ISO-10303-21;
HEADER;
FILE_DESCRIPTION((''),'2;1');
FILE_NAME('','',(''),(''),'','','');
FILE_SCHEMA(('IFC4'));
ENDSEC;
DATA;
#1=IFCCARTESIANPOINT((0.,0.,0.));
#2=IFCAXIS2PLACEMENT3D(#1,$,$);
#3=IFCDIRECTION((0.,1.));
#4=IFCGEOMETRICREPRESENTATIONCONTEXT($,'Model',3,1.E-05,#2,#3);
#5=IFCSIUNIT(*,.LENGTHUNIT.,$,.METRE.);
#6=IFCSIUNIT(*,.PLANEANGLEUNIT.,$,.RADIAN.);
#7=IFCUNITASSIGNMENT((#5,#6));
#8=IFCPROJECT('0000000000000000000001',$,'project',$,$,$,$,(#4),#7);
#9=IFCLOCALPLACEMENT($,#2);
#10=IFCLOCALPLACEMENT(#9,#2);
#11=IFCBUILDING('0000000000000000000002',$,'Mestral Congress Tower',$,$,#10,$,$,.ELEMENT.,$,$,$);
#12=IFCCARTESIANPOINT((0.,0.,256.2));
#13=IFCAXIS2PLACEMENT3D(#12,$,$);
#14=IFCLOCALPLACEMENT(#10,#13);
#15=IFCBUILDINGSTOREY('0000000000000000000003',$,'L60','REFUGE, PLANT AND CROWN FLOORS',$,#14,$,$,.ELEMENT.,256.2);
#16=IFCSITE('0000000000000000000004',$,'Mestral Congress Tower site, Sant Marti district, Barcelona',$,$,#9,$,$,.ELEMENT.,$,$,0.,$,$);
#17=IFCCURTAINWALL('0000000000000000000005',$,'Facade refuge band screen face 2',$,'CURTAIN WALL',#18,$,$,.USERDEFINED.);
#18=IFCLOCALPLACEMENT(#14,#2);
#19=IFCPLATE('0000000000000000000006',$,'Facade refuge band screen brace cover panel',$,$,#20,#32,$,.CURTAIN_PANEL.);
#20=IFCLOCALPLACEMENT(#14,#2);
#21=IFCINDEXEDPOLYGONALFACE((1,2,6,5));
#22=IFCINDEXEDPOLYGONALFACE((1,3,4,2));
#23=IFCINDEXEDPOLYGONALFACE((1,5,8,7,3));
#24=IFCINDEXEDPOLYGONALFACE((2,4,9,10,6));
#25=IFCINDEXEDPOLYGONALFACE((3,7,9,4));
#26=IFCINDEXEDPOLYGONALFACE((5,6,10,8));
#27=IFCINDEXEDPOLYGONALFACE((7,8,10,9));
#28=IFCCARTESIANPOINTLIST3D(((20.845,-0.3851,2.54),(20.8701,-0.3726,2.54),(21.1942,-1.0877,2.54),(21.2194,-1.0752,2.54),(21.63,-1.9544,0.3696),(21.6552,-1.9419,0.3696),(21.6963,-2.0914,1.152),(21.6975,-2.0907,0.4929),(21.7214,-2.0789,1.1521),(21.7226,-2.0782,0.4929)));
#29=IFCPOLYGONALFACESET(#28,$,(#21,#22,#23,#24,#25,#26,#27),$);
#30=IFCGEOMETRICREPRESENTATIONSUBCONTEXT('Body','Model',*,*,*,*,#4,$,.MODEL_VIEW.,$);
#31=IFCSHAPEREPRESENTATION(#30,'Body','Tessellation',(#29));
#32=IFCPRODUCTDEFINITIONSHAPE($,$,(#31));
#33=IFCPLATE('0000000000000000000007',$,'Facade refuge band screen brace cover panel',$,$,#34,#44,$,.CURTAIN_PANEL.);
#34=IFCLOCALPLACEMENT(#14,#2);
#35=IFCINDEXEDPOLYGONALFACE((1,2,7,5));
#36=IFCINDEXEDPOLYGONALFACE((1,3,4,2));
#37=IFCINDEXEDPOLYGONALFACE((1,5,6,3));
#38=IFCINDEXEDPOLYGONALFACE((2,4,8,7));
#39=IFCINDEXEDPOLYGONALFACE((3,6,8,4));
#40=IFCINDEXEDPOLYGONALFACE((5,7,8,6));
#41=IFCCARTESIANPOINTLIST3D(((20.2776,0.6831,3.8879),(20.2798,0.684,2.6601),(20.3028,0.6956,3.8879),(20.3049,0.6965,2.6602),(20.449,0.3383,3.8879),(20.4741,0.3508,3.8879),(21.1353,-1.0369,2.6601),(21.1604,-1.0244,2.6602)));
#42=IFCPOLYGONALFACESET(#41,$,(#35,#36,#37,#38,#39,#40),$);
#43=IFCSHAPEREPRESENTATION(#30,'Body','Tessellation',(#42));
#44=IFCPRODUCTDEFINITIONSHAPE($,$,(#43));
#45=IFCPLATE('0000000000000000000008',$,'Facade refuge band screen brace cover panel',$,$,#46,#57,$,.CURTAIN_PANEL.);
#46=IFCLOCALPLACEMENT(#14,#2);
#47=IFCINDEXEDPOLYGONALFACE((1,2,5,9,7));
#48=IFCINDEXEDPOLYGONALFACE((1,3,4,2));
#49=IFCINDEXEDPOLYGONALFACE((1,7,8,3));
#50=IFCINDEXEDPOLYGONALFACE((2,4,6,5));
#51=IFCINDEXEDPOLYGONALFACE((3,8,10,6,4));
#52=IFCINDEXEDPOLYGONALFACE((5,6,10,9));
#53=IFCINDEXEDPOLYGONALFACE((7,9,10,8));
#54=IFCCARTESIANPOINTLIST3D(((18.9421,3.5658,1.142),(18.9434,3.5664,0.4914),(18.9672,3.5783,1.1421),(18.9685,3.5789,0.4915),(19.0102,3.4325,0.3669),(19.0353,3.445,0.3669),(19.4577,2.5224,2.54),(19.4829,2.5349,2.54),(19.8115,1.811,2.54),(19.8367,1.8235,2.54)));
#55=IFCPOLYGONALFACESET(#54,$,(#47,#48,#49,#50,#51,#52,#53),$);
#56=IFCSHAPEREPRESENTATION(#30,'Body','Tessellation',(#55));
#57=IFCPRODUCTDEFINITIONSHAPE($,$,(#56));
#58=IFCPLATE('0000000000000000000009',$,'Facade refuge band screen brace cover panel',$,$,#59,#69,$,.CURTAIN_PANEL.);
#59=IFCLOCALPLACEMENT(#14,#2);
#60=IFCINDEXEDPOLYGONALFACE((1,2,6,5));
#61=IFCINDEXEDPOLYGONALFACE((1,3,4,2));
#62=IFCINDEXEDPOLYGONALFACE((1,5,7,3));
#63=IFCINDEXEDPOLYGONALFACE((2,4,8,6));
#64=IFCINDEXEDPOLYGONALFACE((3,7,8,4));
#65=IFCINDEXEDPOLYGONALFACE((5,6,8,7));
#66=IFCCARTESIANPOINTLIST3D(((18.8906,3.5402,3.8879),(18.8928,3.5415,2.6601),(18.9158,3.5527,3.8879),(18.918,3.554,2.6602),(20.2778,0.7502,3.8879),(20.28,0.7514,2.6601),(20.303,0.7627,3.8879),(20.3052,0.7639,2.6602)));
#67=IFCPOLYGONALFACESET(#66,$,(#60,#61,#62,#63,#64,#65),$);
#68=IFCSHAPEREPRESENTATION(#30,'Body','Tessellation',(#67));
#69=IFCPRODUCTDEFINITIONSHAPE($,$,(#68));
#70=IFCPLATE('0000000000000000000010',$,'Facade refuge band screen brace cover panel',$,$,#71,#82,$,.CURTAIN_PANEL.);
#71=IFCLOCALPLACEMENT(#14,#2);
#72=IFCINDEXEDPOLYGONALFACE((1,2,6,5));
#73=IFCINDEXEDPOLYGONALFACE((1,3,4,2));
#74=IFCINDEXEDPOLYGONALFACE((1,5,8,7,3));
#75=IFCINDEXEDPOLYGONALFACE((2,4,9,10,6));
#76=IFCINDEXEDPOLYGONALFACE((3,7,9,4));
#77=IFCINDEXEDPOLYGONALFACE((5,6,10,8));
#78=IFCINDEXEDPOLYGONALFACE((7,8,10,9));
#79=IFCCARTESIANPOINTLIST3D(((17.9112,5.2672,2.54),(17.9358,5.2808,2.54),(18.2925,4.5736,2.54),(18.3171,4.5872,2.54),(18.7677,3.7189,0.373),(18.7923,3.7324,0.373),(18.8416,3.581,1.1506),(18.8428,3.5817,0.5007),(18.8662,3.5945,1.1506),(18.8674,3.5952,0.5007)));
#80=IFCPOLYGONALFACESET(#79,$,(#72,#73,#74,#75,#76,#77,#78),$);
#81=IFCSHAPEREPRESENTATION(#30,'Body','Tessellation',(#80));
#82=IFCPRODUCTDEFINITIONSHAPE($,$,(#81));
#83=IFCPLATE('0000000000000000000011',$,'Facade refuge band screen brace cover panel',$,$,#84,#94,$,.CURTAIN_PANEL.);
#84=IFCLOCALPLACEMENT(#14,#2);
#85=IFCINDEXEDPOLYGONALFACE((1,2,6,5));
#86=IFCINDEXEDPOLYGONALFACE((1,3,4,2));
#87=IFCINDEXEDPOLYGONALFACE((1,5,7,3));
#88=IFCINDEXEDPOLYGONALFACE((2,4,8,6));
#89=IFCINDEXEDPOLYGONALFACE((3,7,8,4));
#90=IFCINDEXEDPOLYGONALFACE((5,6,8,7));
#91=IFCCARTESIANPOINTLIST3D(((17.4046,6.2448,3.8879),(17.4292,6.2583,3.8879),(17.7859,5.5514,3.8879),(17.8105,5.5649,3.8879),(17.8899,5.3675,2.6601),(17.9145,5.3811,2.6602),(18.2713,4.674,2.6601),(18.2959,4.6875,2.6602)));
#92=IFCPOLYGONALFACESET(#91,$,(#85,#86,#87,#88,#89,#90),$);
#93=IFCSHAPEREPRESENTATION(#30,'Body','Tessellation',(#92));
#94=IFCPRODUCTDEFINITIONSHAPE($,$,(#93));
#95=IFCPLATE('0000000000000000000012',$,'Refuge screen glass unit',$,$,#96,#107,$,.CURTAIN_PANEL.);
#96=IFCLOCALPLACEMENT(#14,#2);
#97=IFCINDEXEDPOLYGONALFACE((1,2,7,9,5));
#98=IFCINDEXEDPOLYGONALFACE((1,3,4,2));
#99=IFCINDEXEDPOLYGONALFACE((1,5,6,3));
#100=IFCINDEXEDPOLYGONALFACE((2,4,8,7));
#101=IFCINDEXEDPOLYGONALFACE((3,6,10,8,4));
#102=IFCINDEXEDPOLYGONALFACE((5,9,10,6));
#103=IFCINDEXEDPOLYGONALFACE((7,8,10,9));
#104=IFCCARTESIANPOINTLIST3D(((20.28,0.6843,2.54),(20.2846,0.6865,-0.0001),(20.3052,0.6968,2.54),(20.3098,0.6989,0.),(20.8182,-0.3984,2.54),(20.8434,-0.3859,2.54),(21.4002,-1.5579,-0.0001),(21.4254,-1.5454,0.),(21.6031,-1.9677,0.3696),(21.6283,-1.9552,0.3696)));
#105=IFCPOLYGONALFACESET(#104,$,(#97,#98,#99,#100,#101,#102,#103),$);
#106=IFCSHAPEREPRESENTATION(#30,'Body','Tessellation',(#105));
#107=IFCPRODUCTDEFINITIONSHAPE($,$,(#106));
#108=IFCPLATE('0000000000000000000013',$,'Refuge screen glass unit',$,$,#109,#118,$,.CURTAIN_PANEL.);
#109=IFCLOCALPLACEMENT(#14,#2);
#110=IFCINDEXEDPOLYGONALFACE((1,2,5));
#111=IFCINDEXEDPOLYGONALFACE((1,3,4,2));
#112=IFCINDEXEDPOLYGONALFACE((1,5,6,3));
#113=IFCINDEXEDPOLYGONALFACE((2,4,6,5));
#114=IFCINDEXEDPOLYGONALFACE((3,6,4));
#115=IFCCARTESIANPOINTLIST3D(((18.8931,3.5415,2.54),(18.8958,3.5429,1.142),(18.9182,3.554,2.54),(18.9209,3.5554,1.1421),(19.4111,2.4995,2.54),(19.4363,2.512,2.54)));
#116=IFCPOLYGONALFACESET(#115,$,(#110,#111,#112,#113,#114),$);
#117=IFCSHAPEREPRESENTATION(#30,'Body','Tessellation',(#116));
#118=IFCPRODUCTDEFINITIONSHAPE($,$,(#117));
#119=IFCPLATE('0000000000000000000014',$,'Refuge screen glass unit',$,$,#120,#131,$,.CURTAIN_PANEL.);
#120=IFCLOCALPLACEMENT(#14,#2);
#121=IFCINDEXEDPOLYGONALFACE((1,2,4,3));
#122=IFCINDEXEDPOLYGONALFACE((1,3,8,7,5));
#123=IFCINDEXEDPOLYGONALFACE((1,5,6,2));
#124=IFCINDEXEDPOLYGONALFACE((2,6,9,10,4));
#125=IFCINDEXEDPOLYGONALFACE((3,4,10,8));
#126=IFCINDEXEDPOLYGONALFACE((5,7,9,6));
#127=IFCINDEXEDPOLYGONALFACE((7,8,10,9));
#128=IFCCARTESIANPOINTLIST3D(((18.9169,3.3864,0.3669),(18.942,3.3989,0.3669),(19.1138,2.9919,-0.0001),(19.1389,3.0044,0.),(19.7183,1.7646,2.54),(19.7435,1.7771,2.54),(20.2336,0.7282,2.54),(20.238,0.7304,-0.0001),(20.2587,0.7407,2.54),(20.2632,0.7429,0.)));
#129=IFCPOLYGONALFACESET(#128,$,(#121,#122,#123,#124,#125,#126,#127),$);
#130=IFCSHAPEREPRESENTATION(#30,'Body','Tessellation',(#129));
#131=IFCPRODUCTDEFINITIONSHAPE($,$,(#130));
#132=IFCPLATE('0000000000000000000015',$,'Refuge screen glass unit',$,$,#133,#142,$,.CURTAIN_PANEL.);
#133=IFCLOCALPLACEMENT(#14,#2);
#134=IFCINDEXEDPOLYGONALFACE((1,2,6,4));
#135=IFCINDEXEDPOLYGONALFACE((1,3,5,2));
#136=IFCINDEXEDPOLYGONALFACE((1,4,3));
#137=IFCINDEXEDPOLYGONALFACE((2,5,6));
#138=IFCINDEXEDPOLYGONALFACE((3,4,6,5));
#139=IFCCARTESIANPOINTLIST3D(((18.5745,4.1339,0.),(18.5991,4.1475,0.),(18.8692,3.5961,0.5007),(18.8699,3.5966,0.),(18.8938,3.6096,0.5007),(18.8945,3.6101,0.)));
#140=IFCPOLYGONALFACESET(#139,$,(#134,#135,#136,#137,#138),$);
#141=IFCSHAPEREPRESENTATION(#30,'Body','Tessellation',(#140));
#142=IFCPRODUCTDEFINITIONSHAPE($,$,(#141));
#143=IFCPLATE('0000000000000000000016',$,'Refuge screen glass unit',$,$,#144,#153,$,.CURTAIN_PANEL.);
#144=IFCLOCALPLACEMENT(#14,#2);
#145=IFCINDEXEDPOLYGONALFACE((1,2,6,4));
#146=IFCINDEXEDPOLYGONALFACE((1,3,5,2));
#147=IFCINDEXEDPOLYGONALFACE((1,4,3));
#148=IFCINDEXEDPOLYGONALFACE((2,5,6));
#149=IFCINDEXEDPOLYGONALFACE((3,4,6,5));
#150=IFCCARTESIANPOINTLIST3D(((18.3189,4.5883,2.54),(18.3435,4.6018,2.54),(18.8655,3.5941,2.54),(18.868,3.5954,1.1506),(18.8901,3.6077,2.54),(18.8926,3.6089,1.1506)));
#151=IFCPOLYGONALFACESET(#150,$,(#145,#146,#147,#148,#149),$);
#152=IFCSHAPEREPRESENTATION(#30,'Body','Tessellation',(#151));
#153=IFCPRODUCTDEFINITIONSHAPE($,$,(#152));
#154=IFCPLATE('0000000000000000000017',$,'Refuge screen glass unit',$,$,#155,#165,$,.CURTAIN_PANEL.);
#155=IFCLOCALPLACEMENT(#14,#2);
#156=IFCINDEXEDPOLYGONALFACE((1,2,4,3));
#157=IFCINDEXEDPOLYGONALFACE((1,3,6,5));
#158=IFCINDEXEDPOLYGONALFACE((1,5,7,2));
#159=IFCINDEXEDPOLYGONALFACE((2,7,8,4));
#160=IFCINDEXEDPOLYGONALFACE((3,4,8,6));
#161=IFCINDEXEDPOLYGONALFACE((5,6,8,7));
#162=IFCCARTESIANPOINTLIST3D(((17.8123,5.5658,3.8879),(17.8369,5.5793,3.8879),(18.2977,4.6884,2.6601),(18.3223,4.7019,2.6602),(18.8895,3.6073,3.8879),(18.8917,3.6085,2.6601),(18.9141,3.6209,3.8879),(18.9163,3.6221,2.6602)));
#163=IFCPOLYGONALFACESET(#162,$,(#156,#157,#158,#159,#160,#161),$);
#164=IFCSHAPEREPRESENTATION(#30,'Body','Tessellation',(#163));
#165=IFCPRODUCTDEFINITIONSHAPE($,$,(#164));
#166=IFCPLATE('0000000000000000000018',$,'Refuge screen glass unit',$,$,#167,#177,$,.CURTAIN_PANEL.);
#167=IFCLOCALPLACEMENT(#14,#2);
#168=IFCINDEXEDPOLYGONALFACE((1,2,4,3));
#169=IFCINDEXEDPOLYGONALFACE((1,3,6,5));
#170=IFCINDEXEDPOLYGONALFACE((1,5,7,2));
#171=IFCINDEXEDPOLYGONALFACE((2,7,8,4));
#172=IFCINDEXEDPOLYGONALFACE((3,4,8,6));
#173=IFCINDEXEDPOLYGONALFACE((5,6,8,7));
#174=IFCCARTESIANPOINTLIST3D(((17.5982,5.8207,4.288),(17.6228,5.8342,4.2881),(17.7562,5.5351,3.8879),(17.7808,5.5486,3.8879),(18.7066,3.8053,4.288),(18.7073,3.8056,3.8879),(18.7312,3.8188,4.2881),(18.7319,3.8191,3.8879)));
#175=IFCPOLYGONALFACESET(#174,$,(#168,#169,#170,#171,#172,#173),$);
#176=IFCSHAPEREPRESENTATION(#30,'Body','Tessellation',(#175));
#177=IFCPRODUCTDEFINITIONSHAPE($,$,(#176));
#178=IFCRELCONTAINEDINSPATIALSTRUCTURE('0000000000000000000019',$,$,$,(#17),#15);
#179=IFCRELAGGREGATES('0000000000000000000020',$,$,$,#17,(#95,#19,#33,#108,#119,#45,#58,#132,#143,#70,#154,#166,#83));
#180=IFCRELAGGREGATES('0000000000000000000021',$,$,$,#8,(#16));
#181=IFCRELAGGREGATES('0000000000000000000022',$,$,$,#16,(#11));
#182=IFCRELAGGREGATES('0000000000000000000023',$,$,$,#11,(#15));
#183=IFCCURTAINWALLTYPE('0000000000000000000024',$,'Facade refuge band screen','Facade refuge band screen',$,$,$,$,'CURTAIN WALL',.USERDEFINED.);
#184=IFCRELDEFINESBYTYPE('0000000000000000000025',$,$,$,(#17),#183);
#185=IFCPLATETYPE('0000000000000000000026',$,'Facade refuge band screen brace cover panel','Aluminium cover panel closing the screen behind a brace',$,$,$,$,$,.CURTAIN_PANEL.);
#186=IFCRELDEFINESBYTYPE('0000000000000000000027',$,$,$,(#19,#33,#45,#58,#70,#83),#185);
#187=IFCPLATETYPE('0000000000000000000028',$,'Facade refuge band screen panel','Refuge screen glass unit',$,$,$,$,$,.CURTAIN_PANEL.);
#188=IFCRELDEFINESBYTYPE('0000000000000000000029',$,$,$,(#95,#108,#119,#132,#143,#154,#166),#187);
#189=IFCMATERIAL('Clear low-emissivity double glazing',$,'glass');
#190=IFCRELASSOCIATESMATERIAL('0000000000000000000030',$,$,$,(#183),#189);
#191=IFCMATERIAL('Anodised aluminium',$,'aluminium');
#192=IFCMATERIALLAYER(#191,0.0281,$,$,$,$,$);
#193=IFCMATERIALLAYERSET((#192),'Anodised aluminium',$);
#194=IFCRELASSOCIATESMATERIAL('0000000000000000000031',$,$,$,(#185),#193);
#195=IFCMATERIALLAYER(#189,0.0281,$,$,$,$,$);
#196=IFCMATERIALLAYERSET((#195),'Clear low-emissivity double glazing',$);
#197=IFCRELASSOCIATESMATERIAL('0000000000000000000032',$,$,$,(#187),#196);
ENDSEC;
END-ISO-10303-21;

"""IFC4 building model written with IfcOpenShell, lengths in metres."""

from ifc_helpers import new_model, si_unit, direction, frame, origin, place, context, subcontext, project, spatial, polyline, outline, extrude, material, layer, layer_set, type_object, element, aggregate, save


model = new_model("IFC4")

# Units and contexts
model_context = context("Model", 3, precision=1e-05, world=origin(), true_north=direction((0.0, 1.0)))
body_context = subcontext(model_context, "Body", "Model", "MODEL_VIEW")
ifc_project = project(units=[si_unit("LENGTHUNIT", "METRE"), si_unit("PLANEANGLEUNIT", "RADIAN")], contexts=[model_context])

# Site, building, storey
site_placement = place(None, origin())
site = spatial("IfcSite", under=ifc_project, at=site_placement, Name="Mestral Congress Tower site, Sant Marti district, Barcelona", CompositionType="ELEMENT", RefElevation=0.0)
building_placement = place(site_placement, origin())
building = spatial("IfcBuilding", under=site, at=building_placement, Name="Mestral Congress Tower", CompositionType="ELEMENT")
storey_placement = place(building_placement, frame((0.0, 0.0, 256.2)))
storey = spatial("IfcBuildingStorey", under=building, at=storey_placement, Name="L60", Description="REFUGE, PLANT AND CROWN FLOORS", CompositionType="ELEMENT", Elevation=256.2)

# Curtain wall
ifc_material_1 = material(Name="Clear low-emissivity double glazing", Category="glass")
curtain_wall_type = type_object("IfcCurtainWallType", Name="Facade refuge band screen", Description="Facade refuge band screen", ElementType="CURTAIN WALL", PredefinedType="USERDEFINED", material=ifc_material_1)
curtain_wall_placement = place(storey_placement, origin())
curtain_wall = element("IfcCurtainWall", 1, at=curtain_wall_placement, inside=storey, type_object=curtain_wall_type, Name="Facade refuge band screen face 2", ObjectType="CURTAIN WALL", PredefinedType="USERDEFINED")
ifc_material_2 = material(Name="Anodised aluminium", Category="aluminium")

# Plates
ifc_layer_1 = layer(ifc_material_2, 0.0281)
ifc_layer_set_1 = layer_set([ifc_layer_1], Name="Anodised aluminium")
plate_type_1 = type_object("IfcPlateType", Name="Facade refuge band screen brace cover panel", Description="Aluminium cover panel closing the screen behind a brace", PredefinedType="CURTAIN_PANEL", material=ifc_layer_set_1)
plate_1_placement = place(storey_placement, frame((20.8701, -0.3726, 2.54), z_axis=(0.895481, 0.445096, 0.002063), x_axis=(0.281277, -0.562292, -0.777632)))
plate_1 = element("IfcPlate", 2, at=plate_1_placement, type_object=plate_type_1, Name="Facade refuge band screen brace cover panel", PredefinedType="CURTAIN_PANEL", context=body_context, shape_type="SweptSolid", body=[
    extrude(outline(polyline([(0.0, 0.0), (2.7911, 0.0), (2.7907, -0.1957), (2.2782, -0.6102), (0.4934, -0.6102), (0.0, 0.0)])), origin(), (0.0, 0.0, -1.0), 0.0281),
])
plate_2_placement = place(storey_placement, frame((20.3049, 0.6965, 2.6602), z_axis=(0.89546, 0.445137, 0.001941), x_axis=(0.445138, -0.895462, 0.0)))
plate_2 = element("IfcPlate", 3, at=plate_2_placement, type_object=plate_type_1, Name="Facade refuge band screen brace cover panel", PredefinedType="CURTAIN_PANEL", context=body_context, shape_type="SweptSolid", body=[
    extrude(outline(polyline([(0.0, 0.0), (1.9218, 0.0), (0.3849, -1.2278), (-0.0001, -1.2278), (0.0, 0.0)])), origin(), (0.0, 0.0, -1.0), 0.0281),
])
plate_3_placement = place(storey_placement, frame((18.9685, 3.5789, 0.4915), z_axis=(0.895392, 0.445274, 0.002093), x_axis=(0.343424, -0.687577, -0.639764)))
plate_3 = element("IfcPlate", 4, at=plate_3_placement, type_object=plate_type_1, Name="Facade refuge band screen brace cover panel", PredefinedType="CURTAIN_PANEL", context=body_context, shape_type="SweptSolid", body=[
    extrude(outline(polyline([(0.0, 0.0), (0.1946, 0.0), (0.1945, -2.8273), (-0.4162, -2.319), (-0.4163, -0.5), (0.0, 0.0)])), origin(), (0.0, 0.0, -1.0), 0.0281),
])
plate_4_placement = place(storey_placement, frame((18.9158, 3.5527, 3.8879), z_axis=(0.895426, 0.445206, 0.002045), x_axis=(0.00179, 0.000994, -0.999998)))
plate_4 = element("IfcPlate", 5, at=plate_4_placement, type_object=plate_type_1, Name="Facade refuge band screen brace cover panel", PredefinedType="CURTAIN_PANEL", context=body_context, shape_type="SweptSolid", body=[
    extrude(outline(polyline([(0.0, 0.0), (1.2278, 0.0), (1.2275, -3.1159), (-0.0003, -3.1159), (0.0, 0.0)])), origin(), (0.0, 0.0, -1.0), 0.0281),
])
plate_5_placement = place(storey_placement, frame((17.9358, 5.2808, 2.54), z_axis=(0.876283, 0.481792, 0.002094), x_axis=(0.306141, -0.553443, -0.774583)))
plate_5 = element("IfcPlate", 6, at=plate_5_placement, type_object=plate_type_1, Name="Facade refuge band screen brace cover panel", PredefinedType="CURTAIN_PANEL", context=body_context, shape_type="SweptSolid", body=[
    extrude(outline(polyline([(0.0, 0.0), (2.7976, 0.0), (2.7977, -0.2019), (2.2943, -0.613), (0.5006, -0.6131), (0.0, 0.0)])), origin(), (0.0, 0.0, -1.0), 0.0281),
])
plate_6_placement = place(storey_placement, frame((18.2959, 4.6875, 2.6602), z_axis=(0.87625, 0.481853, 0.002077), x_axis=(-0.306206, 0.553496, 0.774519)))
plate_6 = element("IfcPlate", 7, at=plate_6_placement, type_object=plate_type_1, Name="Facade refuge band screen brace cover panel", PredefinedType="CURTAIN_PANEL", context=body_context, shape_type="SweptSolid", body=[
    extrude(outline(polyline([(0.0, 0.0), (1.5852, 0.0), (2.0858, -0.6129), (0.5007, -0.6131), (0.0, 0.0)])), origin(), (0.0, 0.0, -1.0), 0.0281),
])
ifc_layer_2 = layer(ifc_material_1, 0.0281)
ifc_layer_set_2 = layer_set([ifc_layer_2], Name="Clear low-emissivity double glazing")
plate_type_2 = type_object("IfcPlateType", Name="Facade refuge band screen panel", Description="Refuge screen glass unit", PredefinedType="CURTAIN_PANEL", material=ifc_layer_set_2)
plate_7_placement = place(storey_placement, frame((20.3052, 0.6968, 2.54), z_axis=(0.895467, 0.445124, 0.001997), x_axis=(0.001806, 0.000855, -0.999998)))
plate_7 = element("IfcPlate", 8, at=plate_7_placement, type_object=plate_type_2, Name="Refuge screen glass unit", PredefinedType="CURTAIN_PANEL", context=body_context, shape_type="SweptSolid", body=[
    extrude(outline(polyline([(0.0, 0.0), (2.54, 0.0), (2.5401, -2.5063), (2.1705, -2.9636), (0.0, -1.2091), (0.0, 0.0)])), origin(), (0.0, 0.0, -1.0), 0.0281),
])
plate_8_placement = place(storey_placement, frame((18.9182, 3.554, 2.54), z_axis=(0.89543, 0.445197, 0.002187), x_axis=(0.001921, 0.001048, -0.999998)))
plate_8 = element("IfcPlate", 9, at=plate_8_placement, type_object=plate_type_2, Name="Refuge screen glass unit", PredefinedType="CURTAIN_PANEL", context=body_context, shape_type="SweptSolid", body=[
    extrude(outline(polyline([(0.0, 0.0), (1.398, 0.0), (-0.0001, -1.1637), (0.0, 0.0)])), origin(), (0.0, 0.0, -1.0), 0.0281),
])
plate_9_placement = place(storey_placement, frame((19.1389, 3.0044, 0.0), z_axis=(0.895449, 0.445159, 0.001955), x_axis=(0.44516, -0.895451, 0.0)))
plate_9 = element("IfcPlate", 10, at=plate_9_placement, type_object=plate_type_2, Name="Refuge screen glass unit", PredefinedType="CURTAIN_PANEL", context=body_context, shape_type="SweptSolid", body=[
    extrude(outline(polyline([(0.0, 0.0), (2.5255, 0.0), (2.5255, -2.54), (1.3681, -2.54), (-0.4409, -0.3669), (0.0, 0.0)])), origin(), (0.0, 0.0, -1.0), 0.0281),
])
plate_10_placement = place(storey_placement, frame((18.8945, 3.6101, 0.0), z_axis=(0.876307, 0.48175, 0.001752), x_axis=(-0.001463, -0.000975, 0.999998)))
plate_10 = element("IfcPlate", 11, at=plate_10_placement, type_object=plate_type_2, Name="Refuge screen glass unit", PredefinedType="CURTAIN_PANEL", context=body_context, shape_type="SweptSolid", body=[
    extrude(outline(polyline([(0.0, 0.0), (0.5007, 0.0), (-0.0001, -0.6132), (0.0, 0.0)])), origin(), (0.0, 0.0, -1.0), 0.0281),
])
plate_11_placement = place(storey_placement, frame((18.8901, 3.6077, 2.54), z_axis=(0.876269, 0.481819, 0.001963), x_axis=(-0.48182, 0.87627, 0.0)))
plate_11 = element("IfcPlate", 12, at=plate_11_placement, type_object=plate_type_2, Name="Refuge screen glass unit", PredefinedType="CURTAIN_PANEL", context=body_context, shape_type="SweptSolid", body=[
    extrude(outline(polyline([(0.0, 0.0), (1.1345, 0.0), (-0.0001, -1.3894), (0.0, 0.0)])), origin(), (0.0, 0.0, -1.0), 0.0281),
])
plate_12_placement = place(storey_placement, frame((18.9163, 3.6221, 2.6602), z_axis=(0.876207, 0.481931, 0.002002), x_axis=(-0.00175, -0.000972, 0.999998)))
plate_12 = element("IfcPlate", 13, at=plate_12_placement, type_object=plate_type_2, Name="Refuge screen glass unit", PredefinedType="CURTAIN_PANEL", context=body_context, shape_type="SweptSolid", body=[
    extrude(outline(polyline([(0.0, 0.0), (1.2278, 0.0), (1.2278, -2.2352), (0.0, -1.2324), (0.0, 0.0)])), origin(), (0.0, 0.0, -1.0), 0.0281),
])
plate_13_placement = place(storey_placement, frame((18.7312, 3.8188, 4.2881), z_axis=(0.876225, 0.481898, 0.001894), x_axis=(-0.481899, 0.876227, 0.0)))
plate_13 = element("IfcPlate", 14, at=plate_13_placement, type_object=plate_type_2, Name="Refuge screen glass unit", PredefinedType="CURTAIN_PANEL", context=body_context, shape_type="SweptSolid", body=[
    extrude(outline(polyline([(0.0, 0.0), (2.3001, 0.0), (1.9737, -0.4001), (-0.0001, -0.4001), (0.0, 0.0)])), origin(), (0.0, 0.0, -1.0), 0.0281),
])

aggregate(curtain_wall, [plate_7, plate_1, plate_2, plate_8, plate_9, plate_3, plate_4, plate_10, plate_11, plate_5, plate_12, plate_13, plate_6])

save(model, "model.ifc")
